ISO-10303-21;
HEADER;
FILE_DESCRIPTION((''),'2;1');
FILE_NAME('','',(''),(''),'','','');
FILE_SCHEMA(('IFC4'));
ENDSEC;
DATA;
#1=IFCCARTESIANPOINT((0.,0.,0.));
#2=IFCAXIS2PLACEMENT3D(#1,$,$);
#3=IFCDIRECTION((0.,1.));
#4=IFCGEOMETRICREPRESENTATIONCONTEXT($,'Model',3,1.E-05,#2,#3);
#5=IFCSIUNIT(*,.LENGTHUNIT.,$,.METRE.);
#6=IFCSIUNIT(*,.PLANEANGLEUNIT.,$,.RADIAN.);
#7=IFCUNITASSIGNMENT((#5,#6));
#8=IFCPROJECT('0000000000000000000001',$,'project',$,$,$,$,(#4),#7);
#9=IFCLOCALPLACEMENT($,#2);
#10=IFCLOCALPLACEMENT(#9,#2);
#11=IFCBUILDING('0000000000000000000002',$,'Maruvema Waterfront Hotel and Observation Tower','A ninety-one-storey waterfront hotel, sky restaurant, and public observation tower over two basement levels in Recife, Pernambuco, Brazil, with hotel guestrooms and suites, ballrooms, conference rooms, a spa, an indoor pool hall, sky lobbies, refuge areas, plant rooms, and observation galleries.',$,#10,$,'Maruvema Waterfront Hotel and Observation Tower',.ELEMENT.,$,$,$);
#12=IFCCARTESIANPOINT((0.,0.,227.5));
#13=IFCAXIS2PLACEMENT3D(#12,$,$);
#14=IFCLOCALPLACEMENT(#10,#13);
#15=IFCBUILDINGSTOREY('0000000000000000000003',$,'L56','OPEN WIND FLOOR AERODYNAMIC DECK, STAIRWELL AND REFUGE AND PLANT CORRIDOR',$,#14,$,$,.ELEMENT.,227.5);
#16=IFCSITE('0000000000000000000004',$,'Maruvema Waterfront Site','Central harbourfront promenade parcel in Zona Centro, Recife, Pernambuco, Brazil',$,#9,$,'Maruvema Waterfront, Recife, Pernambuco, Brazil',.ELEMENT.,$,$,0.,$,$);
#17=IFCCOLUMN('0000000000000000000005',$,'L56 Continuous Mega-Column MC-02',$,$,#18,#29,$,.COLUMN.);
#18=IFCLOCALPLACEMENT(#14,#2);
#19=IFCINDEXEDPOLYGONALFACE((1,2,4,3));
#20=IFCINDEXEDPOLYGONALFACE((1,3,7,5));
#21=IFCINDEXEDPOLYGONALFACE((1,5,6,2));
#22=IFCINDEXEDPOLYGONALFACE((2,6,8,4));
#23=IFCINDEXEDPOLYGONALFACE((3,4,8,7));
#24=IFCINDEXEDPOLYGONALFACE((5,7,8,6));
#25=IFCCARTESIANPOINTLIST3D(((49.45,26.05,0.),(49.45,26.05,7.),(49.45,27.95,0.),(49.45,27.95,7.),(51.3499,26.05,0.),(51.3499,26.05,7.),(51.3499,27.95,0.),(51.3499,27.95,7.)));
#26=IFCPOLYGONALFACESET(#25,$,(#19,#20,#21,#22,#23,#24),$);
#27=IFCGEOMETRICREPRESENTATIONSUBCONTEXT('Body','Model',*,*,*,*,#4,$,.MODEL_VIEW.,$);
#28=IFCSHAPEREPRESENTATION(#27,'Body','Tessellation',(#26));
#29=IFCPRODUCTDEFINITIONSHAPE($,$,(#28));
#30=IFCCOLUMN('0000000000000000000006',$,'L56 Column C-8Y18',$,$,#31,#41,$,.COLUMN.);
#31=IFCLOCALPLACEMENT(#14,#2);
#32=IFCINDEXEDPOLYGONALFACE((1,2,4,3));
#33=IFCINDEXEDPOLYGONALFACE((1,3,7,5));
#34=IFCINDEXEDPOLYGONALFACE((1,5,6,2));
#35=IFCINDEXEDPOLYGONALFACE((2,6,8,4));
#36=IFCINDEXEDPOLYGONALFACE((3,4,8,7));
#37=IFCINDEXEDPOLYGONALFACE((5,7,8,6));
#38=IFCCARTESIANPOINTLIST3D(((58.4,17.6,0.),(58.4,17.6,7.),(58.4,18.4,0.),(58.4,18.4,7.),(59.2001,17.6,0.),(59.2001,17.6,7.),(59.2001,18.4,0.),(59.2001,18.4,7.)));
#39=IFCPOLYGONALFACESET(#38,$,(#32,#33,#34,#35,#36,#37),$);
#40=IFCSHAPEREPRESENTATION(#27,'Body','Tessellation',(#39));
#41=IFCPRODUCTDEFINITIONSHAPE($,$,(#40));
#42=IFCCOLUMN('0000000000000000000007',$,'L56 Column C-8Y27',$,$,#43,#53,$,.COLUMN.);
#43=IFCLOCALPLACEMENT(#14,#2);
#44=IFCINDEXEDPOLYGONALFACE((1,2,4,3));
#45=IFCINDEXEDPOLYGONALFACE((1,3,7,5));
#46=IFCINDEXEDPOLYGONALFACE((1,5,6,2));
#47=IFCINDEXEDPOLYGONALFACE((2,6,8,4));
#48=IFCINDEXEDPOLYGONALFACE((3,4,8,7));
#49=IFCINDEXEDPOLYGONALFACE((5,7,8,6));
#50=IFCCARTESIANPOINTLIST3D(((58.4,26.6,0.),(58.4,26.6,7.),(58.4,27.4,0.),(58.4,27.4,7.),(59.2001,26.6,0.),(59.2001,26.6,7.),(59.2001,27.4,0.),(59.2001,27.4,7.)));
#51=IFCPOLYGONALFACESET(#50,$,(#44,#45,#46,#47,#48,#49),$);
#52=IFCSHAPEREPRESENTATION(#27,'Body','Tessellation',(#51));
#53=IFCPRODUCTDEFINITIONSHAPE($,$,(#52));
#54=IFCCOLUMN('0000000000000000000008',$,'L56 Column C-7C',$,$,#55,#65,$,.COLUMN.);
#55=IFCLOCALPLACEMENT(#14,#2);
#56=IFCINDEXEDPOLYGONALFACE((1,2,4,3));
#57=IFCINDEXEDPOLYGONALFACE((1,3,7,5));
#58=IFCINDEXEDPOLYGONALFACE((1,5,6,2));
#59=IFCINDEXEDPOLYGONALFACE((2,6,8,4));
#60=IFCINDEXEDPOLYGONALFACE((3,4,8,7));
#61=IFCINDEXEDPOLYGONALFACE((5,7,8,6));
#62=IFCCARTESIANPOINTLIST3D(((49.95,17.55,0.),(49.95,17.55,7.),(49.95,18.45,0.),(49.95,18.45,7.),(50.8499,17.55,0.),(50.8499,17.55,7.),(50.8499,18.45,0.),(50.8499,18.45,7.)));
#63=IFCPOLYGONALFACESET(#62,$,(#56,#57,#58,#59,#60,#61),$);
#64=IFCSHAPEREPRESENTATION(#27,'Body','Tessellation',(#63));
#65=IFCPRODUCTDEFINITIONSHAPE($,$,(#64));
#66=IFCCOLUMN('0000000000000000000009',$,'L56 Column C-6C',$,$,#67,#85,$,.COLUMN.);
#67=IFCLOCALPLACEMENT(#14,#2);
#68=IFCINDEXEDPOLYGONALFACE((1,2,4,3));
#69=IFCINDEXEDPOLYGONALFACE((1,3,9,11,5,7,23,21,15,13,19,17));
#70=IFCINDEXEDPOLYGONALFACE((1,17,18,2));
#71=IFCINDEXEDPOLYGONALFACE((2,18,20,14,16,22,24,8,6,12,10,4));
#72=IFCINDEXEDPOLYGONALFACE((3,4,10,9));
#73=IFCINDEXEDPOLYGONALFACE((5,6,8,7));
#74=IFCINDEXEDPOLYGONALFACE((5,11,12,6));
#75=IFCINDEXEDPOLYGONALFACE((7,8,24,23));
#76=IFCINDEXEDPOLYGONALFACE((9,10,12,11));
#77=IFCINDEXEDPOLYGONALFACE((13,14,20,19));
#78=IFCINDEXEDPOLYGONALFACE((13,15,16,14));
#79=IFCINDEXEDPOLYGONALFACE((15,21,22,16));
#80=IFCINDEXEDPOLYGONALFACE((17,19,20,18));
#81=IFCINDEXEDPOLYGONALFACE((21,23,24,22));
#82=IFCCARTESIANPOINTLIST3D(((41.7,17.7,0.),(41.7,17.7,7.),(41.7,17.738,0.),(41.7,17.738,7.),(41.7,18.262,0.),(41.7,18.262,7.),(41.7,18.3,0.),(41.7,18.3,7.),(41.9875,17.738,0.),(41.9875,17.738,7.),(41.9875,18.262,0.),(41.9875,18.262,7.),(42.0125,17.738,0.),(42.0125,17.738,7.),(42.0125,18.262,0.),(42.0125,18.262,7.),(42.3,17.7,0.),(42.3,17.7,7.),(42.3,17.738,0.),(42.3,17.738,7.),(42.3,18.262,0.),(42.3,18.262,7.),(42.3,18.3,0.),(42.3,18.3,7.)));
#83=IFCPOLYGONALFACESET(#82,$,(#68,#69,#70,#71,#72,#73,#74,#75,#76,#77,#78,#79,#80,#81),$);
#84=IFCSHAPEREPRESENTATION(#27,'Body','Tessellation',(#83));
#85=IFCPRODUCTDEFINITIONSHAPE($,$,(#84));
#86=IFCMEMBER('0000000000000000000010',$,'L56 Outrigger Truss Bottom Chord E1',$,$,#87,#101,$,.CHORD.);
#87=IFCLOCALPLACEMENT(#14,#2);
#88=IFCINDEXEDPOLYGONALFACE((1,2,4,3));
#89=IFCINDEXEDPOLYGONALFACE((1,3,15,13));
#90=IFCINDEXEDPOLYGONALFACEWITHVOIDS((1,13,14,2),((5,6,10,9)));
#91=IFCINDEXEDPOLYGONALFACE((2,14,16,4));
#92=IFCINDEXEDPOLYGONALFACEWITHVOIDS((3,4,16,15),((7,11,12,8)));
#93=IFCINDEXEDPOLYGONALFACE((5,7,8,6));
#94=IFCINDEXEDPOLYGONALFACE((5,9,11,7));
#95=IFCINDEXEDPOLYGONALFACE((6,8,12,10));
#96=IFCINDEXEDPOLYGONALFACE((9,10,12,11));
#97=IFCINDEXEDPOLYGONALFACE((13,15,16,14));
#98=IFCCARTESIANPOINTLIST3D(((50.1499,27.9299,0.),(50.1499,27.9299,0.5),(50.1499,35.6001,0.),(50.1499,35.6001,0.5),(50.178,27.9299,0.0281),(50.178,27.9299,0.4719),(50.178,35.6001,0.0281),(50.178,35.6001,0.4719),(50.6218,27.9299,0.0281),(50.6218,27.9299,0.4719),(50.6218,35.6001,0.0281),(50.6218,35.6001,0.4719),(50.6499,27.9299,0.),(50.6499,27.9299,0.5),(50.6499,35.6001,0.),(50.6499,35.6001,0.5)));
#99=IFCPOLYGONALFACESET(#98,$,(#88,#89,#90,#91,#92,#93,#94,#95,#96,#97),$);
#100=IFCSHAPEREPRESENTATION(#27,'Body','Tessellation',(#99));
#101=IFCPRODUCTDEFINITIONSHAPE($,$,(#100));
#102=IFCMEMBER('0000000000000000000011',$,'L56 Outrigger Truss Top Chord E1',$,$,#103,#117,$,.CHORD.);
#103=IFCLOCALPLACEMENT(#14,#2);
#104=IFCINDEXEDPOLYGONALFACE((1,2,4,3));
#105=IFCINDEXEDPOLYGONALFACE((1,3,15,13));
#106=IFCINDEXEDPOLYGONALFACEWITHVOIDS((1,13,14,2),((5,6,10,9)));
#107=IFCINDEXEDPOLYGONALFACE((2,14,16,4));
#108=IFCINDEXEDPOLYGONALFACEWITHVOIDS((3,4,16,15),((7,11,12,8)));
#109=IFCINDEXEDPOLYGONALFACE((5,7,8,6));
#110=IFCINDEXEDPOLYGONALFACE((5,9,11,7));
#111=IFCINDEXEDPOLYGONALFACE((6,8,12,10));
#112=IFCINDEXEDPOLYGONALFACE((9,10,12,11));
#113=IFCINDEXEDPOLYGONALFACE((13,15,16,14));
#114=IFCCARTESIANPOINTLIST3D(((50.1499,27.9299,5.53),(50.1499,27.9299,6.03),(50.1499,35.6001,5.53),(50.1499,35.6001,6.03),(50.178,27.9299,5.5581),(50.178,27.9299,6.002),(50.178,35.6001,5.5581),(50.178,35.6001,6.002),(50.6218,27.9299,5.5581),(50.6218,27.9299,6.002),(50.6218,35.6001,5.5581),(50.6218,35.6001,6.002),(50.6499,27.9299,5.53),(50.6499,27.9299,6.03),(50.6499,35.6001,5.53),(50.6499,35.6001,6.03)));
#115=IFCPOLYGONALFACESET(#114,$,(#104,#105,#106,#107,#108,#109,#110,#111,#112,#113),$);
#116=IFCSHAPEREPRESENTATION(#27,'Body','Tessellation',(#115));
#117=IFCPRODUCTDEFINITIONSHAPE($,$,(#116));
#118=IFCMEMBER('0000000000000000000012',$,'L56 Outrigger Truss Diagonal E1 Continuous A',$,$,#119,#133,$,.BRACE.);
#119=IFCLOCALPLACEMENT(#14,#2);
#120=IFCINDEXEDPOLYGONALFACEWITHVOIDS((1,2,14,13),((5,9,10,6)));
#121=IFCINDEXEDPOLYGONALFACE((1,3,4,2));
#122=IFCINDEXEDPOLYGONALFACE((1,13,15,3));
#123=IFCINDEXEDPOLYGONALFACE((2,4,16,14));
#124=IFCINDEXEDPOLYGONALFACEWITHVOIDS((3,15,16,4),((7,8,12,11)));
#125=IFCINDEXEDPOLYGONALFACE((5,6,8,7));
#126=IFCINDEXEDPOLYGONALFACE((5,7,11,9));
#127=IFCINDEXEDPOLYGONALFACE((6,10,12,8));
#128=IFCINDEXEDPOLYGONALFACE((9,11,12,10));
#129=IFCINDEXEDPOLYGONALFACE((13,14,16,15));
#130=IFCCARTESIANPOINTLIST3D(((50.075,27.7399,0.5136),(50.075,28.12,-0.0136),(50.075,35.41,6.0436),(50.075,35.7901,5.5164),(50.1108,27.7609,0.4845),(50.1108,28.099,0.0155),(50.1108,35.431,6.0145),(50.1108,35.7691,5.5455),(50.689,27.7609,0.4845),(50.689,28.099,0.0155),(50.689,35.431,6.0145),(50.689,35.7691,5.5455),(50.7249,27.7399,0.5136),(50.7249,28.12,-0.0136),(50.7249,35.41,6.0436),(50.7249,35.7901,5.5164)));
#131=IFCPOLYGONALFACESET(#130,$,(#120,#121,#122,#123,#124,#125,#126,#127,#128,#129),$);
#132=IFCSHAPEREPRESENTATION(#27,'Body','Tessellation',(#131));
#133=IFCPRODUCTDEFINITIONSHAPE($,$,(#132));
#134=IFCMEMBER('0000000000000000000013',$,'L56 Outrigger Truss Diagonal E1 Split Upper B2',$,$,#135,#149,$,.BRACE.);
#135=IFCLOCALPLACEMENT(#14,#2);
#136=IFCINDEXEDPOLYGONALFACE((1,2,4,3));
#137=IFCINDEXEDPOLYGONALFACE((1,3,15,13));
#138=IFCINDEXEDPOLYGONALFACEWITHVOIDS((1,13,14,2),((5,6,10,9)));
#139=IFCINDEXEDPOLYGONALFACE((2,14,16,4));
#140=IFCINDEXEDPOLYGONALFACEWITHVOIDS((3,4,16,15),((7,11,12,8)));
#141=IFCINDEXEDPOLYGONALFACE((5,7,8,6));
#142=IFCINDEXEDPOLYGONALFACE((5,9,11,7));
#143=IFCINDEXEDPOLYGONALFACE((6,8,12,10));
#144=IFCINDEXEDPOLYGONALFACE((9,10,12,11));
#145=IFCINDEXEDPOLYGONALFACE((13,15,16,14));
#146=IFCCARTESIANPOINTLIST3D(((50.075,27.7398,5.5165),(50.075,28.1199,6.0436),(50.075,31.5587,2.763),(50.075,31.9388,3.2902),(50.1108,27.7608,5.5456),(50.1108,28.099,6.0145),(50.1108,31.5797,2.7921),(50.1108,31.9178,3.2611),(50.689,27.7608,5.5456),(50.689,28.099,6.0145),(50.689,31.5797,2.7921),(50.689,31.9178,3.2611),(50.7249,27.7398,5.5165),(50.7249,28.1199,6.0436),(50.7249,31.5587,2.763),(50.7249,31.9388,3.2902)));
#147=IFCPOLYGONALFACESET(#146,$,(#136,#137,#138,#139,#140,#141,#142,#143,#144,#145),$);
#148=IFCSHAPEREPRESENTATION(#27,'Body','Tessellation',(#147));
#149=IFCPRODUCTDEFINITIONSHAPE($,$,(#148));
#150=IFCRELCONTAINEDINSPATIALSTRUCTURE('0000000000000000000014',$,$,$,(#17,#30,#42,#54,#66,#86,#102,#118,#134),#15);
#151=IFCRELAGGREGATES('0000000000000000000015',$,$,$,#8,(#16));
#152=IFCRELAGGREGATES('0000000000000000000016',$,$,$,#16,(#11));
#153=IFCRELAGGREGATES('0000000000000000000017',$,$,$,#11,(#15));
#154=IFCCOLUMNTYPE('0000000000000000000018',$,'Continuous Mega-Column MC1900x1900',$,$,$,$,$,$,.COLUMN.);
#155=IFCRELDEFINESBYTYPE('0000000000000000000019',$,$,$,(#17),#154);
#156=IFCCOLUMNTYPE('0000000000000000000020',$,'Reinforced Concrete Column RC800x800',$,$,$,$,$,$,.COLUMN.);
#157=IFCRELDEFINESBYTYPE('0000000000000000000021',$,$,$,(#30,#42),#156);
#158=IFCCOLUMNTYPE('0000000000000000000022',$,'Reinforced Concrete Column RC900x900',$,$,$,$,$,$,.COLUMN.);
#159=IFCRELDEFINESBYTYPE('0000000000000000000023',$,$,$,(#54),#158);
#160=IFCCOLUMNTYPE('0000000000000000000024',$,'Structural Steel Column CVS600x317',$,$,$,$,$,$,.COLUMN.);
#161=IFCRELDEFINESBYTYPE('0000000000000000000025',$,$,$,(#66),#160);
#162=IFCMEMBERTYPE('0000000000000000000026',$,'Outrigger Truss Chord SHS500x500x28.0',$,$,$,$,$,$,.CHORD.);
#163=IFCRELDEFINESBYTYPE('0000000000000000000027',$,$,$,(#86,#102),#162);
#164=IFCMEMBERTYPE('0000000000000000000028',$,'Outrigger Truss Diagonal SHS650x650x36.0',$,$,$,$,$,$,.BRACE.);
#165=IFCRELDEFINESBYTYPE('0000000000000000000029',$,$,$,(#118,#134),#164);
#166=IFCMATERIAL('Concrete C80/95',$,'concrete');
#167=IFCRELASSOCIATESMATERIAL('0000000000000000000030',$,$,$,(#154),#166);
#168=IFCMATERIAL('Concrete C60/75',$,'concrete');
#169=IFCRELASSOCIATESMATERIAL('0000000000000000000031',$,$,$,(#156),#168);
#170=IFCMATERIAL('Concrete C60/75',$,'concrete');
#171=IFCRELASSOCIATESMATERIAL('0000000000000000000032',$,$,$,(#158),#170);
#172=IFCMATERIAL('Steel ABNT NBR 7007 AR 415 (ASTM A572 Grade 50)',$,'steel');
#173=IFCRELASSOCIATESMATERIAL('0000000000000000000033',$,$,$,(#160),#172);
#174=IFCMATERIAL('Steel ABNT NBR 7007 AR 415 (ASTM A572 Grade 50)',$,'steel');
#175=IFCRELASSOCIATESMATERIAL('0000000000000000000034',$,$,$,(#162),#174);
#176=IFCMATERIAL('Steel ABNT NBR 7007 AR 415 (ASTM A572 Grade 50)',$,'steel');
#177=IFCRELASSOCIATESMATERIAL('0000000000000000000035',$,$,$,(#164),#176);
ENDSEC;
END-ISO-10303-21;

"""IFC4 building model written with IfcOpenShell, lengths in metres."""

from ifc_helpers import new_model, si_unit, direction, frame, origin, origin_2d, place, context, subcontext, project, spatial, rectangle, hollow_rectangle, i_section, extrude, material, material_profile, profile_set, type_object, element, save


model = new_model("IFC4")

# Units and contexts
model_context = context("Model", 3, precision=1e-05, world=origin(), true_north=direction((0.0, 1.0)))
body_context = subcontext(model_context, "Body", "Model", "MODEL_VIEW")
ifc_project = project(units=[si_unit("LENGTHUNIT", "METRE"), si_unit("PLANEANGLEUNIT", "RADIAN")], contexts=[model_context])

# Site, building, storey
site_placement = place(None, origin())
site = spatial("IfcSite", under=ifc_project, at=site_placement, Name="Maruvema Waterfront Site", Description="Central harbourfront promenade parcel in Zona Centro, Recife, Pernambuco, Brazil", LongName="Maruvema Waterfront, Recife, Pernambuco, Brazil", CompositionType="ELEMENT", RefElevation=0.0)
building_placement = place(site_placement, origin())
building = spatial("IfcBuilding", under=site, at=building_placement, Name="Maruvema Waterfront Hotel and Observation Tower", Description="A ninety-one-storey waterfront hotel, sky restaurant, and public observation tower over two basement levels in Recife, Pernambuco, Brazil, with hotel guestrooms and suites, ballrooms, conference rooms, a spa, an indoor pool hall, sky lobbies, refuge areas, plant rooms, and observation galleries.", LongName="Maruvema Waterfront Hotel and Observation Tower", CompositionType="ELEMENT")
storey_placement = place(building_placement, frame((0.0, 0.0, 227.5)))
storey = spatial("IfcBuildingStorey", under=building, at=storey_placement, Name="L56", Description="OPEN WIND FLOOR AERODYNAMIC DECK, STAIRWELL AND REFUGE AND PLANT CORRIDOR", CompositionType="ELEMENT", Elevation=227.5)

# Columns
ifc_material_1 = material(Name="Concrete C80/95", Category="concrete")
ifc_material_profile_1 = material_profile(ifc_material_1, rectangle(XDim=1.8999, YDim=1.8999, at=origin_2d()), Name="MC1900x1900")
ifc_profile_set_1 = profile_set([ifc_material_profile_1], Name="Concrete C80/95")
column_type_1 = type_object("IfcColumnType", Name="Continuous Mega-Column MC1900x1900", PredefinedType="COLUMN", material=ifc_profile_set_1)
column_1_placement = place(storey_placement, frame((50.3999, 27.0, 0.0), z_axis=(0.0, 0.0, 1.0), x_axis=(1.0, 0.0, 0.0)))
element("IfcColumn", 1, at=column_1_placement, inside=storey, type_object=column_type_1, Name="L56 Continuous Mega-Column MC-02", PredefinedType="COLUMN", context=body_context, shape_type="SweptSolid", body=[
    extrude(rectangle(XDim=1.8999, YDim=1.8999, at=origin_2d()), origin(), (0.0, 0.0, 1.0), 7.0),
])
ifc_material_2 = material(Name="Concrete C60/75", Category="concrete")
ifc_material_profile_2 = material_profile(ifc_material_2, rectangle(XDim=0.8, YDim=0.8, at=origin_2d()), Name="RC800x800")
ifc_profile_set_2 = profile_set([ifc_material_profile_2], Name="Concrete C60/75")
column_type_2 = type_object("IfcColumnType", Name="Reinforced Concrete Column RC800x800", PredefinedType="COLUMN", material=ifc_profile_set_2)
for number, where, z_axis, x_axis, name in (
    (2, (58.8, 18.0, 0.0), (0.0, 0.0, 1.0), (1.0, 0.0, 0.0), "L56 Column C-8Y18"),
    (3, (58.8, 27.0, 0.0), (0.0, 0.0, 1.0), (1.0, 0.0, 0.0), "L56 Column C-8Y27"),
):
    element("IfcColumn", number, at=place(storey_placement, frame(where, z_axis=z_axis, x_axis=x_axis)), inside=storey, type_object=column_type_2, Name=name, PredefinedType="COLUMN", context=body_context, shape_type="SweptSolid", body=[
        extrude(rectangle(XDim=0.8, YDim=0.8, at=origin_2d()), origin(), (0.0, 0.0, 1.0), 7.0),
    ])
ifc_material_3 = material(Name="Concrete C60/75", Category="concrete")
ifc_material_profile_3 = material_profile(ifc_material_3, rectangle(XDim=0.8999, YDim=0.8999, at=origin_2d()), Name="RC900x900")
ifc_profile_set_3 = profile_set([ifc_material_profile_3], Name="Concrete C60/75")
column_type_3 = type_object("IfcColumnType", Name="Reinforced Concrete Column RC900x900", PredefinedType="COLUMN", material=ifc_profile_set_3)
column_2_placement = place(storey_placement, frame((50.3999, 18.0, 0.0), z_axis=(0.0, 0.0, 1.0), x_axis=(1.0, 0.0, 0.0)))
element("IfcColumn", 4, at=column_2_placement, inside=storey, type_object=column_type_3, Name="L56 Column C-7C", PredefinedType="COLUMN", context=body_context, shape_type="SweptSolid", body=[
    extrude(rectangle(XDim=0.8999, YDim=0.8999, at=origin_2d()), origin(), (0.0, 0.0, 1.0), 7.0),
])
ifc_material_4 = material(Name="Steel ABNT NBR 7007 AR 415 (ASTM A572 Grade 50)", Category="steel")
ifc_material_profile_4 = material_profile(ifc_material_4, i_section(OverallWidth=0.6001, OverallDepth=0.6001, WebThickness=0.0249, FlangeThickness=0.0381, at=origin_2d()), Name="CVS600x317")
ifc_profile_set_4 = profile_set([ifc_material_profile_4], Name="Steel ABNT NBR 7007 AR 415 (ASTM A572 Grade 50)")
column_type_4 = type_object("IfcColumnType", Name="Structural Steel Column CVS600x317", PredefinedType="COLUMN", material=ifc_profile_set_4)
column_3_placement = place(storey_placement, frame((42.0, 18.0, 0.0), z_axis=(0.0, 0.0, 1.0), x_axis=(1.0, 0.0, 0.0)))
element("IfcColumn", 5, at=column_3_placement, inside=storey, type_object=column_type_4, Name="L56 Column C-6C", PredefinedType="COLUMN", context=body_context, shape_type="SweptSolid", body=[
    extrude(i_section(OverallWidth=0.6001, OverallDepth=0.6001, WebThickness=0.0249, FlangeThickness=0.0381, at=origin_2d()), origin(), (0.0, 0.0, 1.0), 7.0),
])

# Members
ifc_material_5 = material(Name="Steel ABNT NBR 7007 AR 415 (ASTM A572 Grade 50)", Category="steel")
ifc_material_profile_5 = material_profile(ifc_material_5, hollow_rectangle(XDim=0.5, YDim=0.5, WallThickness=0.0281, at=origin_2d()), Name="SHS500x500x28.0")
ifc_profile_set_5 = profile_set([ifc_material_profile_5], Name="Steel ABNT NBR 7007 AR 415 (ASTM A572 Grade 50)")
member_type_1 = type_object("IfcMemberType", Name="Outrigger Truss Chord SHS500x500x28.0", PredefinedType="CHORD", material=ifc_profile_set_5)
for number, where, z_axis, x_axis, name in (
    (6, (50.3999, 27.9299, 0.25), (0.0, 1.0, 0.0), (-1.0, 0.0, 0.0), "L56 Outrigger Truss Bottom Chord E1"),
    (7, (50.3999, 27.9299, 5.78), (0.0, 1.0, 0.0), (-1.0, 0.0, 0.0), "L56 Outrigger Truss Top Chord E1"),
):
    element("IfcMember", number, at=place(storey_placement, frame(where, z_axis=z_axis, x_axis=x_axis)), inside=storey, type_object=member_type_1, Name=name, PredefinedType="CHORD", context=body_context, shape_type="SweptSolid", body=[
        extrude(hollow_rectangle(XDim=0.5, YDim=0.5, WallThickness=0.0281, at=origin_2d()), origin(), (0.0, 0.0, 1.0), 7.6702),
    ])
ifc_material_6 = material(Name="Steel ABNT NBR 7007 AR 415 (ASTM A572 Grade 50)", Category="steel")
ifc_material_profile_6 = material_profile(ifc_material_6, hollow_rectangle(XDim=0.6499, YDim=0.6499, WallThickness=0.0359, at=origin_2d()), Name="SHS650x650x36.0")
ifc_profile_set_6 = profile_set([ifc_material_profile_6], Name="Steel ABNT NBR 7007 AR 415 (ASTM A572 Grade 50)")
member_type_2 = type_object("IfcMemberType", Name="Outrigger Truss Diagonal SHS650x650x36.0", PredefinedType="BRACE", material=ifc_profile_set_6)
member_1_placement = place(storey_placement, frame((50.3999, 27.9299, 0.25), z_axis=(0.0, 0.811158, 0.584828), x_axis=(-1.0, 0.0, 0.0)))
element("IfcMember", 8, at=member_1_placement, inside=storey, type_object=member_type_2, Name="L56 Outrigger Truss Diagonal E1 Continuous A", PredefinedType="BRACE", context=body_context, shape_type="SweptSolid", body=[
    extrude(hollow_rectangle(XDim=0.6499, YDim=0.6499, WallThickness=0.0359, at=origin_2d()), origin(), (0.0, 0.0, 1.0), 9.4558),
])
member_2_placement = place(storey_placement, frame((50.3999, 31.7488, 3.0266), z_axis=(0.0, -0.811147, 0.584843), x_axis=(1.0, 0.0, 0.0)))
element("IfcMember", 9, at=member_2_placement, inside=storey, type_object=member_type_2, Name="L56 Outrigger Truss Diagonal E1 Split Upper B2", PredefinedType="BRACE", context=body_context, shape_type="SweptSolid", body=[
    extrude(hollow_rectangle(XDim=0.6499, YDim=0.6499, WallThickness=0.0359, at=origin_2d()), origin(), (0.0, 0.0, 1.0), 4.708),
])

save(model, "model.ifc")
